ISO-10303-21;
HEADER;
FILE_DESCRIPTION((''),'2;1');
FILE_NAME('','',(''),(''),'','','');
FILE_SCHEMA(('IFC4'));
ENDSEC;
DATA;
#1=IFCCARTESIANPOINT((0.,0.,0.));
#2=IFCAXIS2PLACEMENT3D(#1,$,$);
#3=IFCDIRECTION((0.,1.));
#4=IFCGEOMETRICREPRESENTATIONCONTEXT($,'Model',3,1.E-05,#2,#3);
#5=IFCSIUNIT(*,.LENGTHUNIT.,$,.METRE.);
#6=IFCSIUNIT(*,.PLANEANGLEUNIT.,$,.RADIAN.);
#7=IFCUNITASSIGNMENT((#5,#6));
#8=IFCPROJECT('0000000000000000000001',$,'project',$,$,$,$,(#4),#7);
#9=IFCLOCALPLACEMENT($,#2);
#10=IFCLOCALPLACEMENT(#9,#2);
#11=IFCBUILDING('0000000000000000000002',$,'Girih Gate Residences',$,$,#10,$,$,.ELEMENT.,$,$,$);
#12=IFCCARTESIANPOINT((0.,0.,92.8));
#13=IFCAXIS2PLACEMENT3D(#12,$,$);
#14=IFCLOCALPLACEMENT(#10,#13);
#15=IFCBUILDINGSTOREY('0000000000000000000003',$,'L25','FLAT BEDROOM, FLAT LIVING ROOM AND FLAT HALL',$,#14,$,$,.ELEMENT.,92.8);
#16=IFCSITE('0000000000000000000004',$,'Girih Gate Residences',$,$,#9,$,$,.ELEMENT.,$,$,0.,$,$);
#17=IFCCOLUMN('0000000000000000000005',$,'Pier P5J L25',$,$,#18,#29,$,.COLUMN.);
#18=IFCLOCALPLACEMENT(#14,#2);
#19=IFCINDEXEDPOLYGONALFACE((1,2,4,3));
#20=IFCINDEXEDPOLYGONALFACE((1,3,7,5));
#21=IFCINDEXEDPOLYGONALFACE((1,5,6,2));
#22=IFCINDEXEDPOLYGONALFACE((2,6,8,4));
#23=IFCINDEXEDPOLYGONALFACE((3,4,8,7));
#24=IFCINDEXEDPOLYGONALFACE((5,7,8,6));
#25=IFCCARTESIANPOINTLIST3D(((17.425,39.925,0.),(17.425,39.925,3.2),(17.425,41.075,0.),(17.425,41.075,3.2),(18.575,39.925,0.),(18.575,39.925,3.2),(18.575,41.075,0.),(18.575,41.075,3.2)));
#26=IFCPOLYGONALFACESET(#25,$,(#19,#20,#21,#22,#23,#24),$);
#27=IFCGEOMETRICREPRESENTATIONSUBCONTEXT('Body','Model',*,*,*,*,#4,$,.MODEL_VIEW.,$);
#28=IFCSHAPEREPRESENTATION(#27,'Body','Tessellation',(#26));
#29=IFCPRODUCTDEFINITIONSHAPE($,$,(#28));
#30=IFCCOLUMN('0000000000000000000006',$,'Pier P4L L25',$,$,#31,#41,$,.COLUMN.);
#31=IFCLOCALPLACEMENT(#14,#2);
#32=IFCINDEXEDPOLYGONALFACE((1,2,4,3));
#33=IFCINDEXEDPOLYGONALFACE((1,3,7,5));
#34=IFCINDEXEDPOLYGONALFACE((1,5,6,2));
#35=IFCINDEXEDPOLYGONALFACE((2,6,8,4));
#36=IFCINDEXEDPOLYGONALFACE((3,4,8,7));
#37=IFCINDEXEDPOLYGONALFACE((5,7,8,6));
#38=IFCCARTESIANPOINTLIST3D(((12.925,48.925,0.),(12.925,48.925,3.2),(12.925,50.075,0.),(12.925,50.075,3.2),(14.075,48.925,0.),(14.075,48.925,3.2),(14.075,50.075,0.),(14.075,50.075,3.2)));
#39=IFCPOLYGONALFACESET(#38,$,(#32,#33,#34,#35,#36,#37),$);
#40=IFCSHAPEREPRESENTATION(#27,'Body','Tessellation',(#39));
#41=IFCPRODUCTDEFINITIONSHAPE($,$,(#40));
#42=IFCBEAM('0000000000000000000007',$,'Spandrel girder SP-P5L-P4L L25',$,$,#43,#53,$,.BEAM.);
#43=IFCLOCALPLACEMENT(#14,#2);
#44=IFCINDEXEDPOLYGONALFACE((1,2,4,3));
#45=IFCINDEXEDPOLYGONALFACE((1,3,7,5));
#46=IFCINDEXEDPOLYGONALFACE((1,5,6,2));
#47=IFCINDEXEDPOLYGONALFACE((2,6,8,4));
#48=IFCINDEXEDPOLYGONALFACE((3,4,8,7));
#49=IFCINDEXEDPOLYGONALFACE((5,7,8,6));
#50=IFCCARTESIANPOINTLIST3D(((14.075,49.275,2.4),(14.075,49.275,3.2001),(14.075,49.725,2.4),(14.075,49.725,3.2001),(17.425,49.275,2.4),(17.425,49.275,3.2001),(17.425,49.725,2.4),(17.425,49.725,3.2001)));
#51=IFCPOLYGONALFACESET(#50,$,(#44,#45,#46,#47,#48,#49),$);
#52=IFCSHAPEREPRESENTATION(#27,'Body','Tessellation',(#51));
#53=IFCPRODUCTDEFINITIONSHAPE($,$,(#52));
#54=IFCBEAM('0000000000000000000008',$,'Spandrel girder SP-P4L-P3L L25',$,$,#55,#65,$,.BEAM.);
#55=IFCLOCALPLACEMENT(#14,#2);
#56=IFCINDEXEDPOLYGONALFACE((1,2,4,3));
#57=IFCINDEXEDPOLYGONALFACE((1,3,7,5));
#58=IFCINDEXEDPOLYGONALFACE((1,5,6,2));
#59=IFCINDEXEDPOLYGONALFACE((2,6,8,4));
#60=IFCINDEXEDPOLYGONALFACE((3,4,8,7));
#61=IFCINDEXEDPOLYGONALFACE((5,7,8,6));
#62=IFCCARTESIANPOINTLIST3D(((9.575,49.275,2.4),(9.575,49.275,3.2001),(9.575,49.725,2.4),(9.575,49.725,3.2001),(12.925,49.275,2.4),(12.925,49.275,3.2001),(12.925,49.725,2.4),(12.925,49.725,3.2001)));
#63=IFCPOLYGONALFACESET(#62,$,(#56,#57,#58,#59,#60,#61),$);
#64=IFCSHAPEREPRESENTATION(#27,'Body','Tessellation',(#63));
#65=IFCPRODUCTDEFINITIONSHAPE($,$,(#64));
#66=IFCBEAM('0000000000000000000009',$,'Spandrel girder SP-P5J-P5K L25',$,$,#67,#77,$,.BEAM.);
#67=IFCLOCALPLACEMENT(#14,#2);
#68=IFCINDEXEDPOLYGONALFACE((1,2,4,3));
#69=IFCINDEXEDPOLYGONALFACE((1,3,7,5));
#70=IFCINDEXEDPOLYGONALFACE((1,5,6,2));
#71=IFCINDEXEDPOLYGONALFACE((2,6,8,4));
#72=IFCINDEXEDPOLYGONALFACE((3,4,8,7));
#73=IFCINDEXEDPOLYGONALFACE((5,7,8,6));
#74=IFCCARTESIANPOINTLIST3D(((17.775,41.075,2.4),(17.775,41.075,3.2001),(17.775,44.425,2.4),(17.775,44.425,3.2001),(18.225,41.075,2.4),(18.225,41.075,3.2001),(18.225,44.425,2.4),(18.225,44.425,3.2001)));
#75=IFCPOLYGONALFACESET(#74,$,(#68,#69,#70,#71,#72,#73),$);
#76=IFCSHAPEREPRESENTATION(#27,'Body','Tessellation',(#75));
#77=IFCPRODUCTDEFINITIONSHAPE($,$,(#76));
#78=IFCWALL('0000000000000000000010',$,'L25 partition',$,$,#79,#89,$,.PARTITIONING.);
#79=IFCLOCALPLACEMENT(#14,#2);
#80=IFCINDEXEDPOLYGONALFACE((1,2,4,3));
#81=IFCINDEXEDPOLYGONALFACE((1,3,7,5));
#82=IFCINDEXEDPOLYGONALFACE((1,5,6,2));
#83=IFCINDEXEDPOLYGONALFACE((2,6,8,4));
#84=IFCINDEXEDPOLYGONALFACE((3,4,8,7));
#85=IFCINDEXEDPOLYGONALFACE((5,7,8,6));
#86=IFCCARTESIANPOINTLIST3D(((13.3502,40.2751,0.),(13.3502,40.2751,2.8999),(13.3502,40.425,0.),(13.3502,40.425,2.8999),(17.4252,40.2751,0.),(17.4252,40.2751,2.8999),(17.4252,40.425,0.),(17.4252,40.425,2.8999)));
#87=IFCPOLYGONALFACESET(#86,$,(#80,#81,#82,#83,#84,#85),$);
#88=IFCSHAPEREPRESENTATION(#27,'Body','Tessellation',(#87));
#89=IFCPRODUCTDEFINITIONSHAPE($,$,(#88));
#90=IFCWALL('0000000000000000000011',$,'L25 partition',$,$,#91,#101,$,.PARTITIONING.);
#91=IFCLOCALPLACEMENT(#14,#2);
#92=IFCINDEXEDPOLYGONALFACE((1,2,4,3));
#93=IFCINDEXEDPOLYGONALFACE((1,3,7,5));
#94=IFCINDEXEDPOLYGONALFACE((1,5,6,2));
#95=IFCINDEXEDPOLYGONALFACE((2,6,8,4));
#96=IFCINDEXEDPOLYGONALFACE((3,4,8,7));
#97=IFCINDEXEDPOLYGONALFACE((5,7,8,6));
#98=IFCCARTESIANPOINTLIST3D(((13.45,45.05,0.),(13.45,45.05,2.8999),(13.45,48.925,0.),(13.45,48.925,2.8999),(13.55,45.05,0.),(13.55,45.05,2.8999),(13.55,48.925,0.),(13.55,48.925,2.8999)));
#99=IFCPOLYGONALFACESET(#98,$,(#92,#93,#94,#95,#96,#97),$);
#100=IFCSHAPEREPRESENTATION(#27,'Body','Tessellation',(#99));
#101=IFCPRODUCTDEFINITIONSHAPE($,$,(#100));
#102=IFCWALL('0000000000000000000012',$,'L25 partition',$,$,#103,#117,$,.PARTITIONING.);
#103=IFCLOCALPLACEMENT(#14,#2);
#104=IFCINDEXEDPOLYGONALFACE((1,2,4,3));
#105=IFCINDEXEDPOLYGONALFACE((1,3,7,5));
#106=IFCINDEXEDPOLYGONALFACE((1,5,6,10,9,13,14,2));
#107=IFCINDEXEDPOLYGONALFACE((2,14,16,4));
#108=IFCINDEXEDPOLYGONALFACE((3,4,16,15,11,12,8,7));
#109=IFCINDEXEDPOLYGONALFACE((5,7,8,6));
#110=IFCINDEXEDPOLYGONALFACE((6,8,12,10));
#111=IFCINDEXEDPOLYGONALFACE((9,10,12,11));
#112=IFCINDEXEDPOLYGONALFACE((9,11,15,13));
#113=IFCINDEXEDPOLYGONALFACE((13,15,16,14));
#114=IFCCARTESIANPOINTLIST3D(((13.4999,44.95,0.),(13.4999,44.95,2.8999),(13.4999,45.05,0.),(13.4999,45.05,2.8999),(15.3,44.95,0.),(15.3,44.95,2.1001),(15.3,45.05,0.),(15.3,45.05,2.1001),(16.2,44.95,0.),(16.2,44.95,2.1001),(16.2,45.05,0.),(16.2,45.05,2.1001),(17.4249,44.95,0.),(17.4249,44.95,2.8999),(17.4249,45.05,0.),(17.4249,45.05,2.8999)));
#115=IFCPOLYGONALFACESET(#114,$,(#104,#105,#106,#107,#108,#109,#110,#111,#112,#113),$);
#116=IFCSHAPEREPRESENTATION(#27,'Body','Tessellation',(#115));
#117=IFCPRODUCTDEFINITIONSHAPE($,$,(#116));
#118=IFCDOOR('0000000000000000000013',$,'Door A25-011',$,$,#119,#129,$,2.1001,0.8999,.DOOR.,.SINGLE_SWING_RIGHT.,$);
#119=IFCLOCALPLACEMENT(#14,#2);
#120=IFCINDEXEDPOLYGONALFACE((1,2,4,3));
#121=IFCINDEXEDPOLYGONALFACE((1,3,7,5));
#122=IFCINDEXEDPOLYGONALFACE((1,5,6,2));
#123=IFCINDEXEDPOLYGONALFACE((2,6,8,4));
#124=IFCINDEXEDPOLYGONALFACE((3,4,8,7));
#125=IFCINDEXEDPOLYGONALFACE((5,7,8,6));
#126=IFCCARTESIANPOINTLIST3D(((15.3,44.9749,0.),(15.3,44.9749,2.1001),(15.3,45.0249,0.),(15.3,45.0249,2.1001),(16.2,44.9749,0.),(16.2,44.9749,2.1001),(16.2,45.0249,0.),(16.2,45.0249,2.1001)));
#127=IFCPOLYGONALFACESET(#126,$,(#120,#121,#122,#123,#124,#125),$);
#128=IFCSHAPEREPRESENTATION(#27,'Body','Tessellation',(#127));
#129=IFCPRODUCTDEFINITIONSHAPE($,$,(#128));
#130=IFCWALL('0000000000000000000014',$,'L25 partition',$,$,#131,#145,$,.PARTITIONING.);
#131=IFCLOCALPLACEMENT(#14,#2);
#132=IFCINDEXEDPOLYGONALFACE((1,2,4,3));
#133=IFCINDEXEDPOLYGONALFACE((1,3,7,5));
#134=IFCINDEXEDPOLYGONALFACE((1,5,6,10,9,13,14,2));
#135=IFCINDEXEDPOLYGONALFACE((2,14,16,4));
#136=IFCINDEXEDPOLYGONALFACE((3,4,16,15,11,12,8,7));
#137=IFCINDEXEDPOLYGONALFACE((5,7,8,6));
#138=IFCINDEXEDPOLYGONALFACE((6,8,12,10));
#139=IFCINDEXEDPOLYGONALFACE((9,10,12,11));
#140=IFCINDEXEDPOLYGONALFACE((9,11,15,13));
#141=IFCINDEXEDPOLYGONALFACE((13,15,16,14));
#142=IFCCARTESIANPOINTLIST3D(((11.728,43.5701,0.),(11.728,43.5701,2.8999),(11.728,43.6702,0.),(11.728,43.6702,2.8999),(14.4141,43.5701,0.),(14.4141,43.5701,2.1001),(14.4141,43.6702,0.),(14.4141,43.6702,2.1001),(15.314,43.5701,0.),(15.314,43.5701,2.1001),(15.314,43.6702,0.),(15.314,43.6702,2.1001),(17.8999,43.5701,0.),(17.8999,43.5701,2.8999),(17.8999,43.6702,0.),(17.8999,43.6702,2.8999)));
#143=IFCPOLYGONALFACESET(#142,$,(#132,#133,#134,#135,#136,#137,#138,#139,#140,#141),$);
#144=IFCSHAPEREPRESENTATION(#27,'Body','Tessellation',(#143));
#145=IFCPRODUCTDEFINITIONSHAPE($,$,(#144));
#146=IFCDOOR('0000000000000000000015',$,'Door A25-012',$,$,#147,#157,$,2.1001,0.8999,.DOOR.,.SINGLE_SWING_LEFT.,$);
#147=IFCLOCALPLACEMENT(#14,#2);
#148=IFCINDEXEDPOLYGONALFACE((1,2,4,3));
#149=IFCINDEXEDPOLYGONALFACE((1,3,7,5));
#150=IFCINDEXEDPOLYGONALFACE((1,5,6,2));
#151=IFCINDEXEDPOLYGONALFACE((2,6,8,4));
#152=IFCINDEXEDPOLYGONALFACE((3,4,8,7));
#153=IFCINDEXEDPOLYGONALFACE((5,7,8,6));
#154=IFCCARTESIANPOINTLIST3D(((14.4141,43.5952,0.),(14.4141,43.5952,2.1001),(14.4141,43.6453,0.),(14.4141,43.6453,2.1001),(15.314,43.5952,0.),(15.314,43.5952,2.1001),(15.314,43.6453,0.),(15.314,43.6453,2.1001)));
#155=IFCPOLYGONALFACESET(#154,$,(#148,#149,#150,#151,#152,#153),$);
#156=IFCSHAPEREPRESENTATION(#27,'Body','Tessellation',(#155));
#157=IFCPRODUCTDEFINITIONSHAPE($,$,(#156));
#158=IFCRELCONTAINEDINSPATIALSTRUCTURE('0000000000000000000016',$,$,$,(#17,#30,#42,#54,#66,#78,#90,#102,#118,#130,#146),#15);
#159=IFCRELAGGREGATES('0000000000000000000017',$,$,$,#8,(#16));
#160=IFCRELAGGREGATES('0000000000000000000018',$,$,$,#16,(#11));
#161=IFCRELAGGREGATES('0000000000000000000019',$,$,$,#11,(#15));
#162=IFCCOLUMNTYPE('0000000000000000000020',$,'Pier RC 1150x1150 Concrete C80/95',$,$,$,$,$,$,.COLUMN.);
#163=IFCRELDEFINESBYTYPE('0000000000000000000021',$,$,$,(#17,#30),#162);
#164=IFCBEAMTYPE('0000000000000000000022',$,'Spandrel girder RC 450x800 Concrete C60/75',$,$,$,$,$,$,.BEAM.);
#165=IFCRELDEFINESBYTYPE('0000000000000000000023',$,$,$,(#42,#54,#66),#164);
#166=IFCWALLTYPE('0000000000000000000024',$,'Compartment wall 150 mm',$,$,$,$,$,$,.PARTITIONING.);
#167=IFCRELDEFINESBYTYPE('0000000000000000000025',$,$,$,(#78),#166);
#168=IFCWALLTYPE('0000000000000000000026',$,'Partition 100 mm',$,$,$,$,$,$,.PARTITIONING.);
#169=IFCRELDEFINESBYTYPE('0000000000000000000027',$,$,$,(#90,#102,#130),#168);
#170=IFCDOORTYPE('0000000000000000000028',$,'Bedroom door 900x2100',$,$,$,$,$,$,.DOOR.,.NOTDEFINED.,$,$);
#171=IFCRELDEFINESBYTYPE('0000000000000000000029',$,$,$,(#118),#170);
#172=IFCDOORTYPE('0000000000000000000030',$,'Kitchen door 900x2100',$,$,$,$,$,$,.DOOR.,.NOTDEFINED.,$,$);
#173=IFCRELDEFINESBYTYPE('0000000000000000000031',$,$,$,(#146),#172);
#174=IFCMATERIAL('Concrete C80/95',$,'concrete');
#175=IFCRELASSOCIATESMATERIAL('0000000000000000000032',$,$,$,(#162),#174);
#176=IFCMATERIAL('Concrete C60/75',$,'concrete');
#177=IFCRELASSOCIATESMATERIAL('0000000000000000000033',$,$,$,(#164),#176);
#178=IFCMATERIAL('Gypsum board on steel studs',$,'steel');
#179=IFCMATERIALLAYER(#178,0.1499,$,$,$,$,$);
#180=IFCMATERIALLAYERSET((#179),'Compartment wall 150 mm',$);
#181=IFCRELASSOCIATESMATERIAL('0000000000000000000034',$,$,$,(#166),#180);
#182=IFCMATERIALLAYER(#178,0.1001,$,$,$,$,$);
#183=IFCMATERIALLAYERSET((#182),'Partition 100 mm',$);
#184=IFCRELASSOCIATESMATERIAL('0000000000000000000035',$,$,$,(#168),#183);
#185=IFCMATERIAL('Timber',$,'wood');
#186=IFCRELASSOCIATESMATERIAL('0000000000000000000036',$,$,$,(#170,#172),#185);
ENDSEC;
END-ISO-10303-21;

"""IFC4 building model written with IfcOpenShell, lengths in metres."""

from ifc_helpers import new_model, si_unit, direction, frame, frame_2d, origin, origin_2d, place, context, subcontext, project, spatial, rectangle, extrude, material, layer, layer_set, material_profile, profile_set, type_object, element, fill, save


model = new_model("IFC4")

# Units and contexts
model_context = context("Model", 3, precision=1e-05, world=origin(), true_north=direction((0.0, 1.0)))
body_context = subcontext(model_context, "Body", "Model", "MODEL_VIEW")
ifc_project = project(units=[si_unit("LENGTHUNIT", "METRE"), si_unit("PLANEANGLEUNIT", "RADIAN")], contexts=[model_context])

# Site, building, storey
site_placement = place(None, origin())
site = spatial("IfcSite", under=ifc_project, at=site_placement, Name="Girih Gate Residences", CompositionType="ELEMENT", RefElevation=0.0)
building_placement = place(site_placement, origin())
building = spatial("IfcBuilding", under=site, at=building_placement, Name="Girih Gate Residences", CompositionType="ELEMENT")
storey_placement = place(building_placement, frame((0.0, 0.0, 92.8)))
storey = spatial("IfcBuildingStorey", under=building, at=storey_placement, Name="L25", Description="FLAT BEDROOM, FLAT LIVING ROOM AND FLAT HALL", CompositionType="ELEMENT", Elevation=92.8)

# Columns
ifc_material_1 = material(Name="Concrete C80/95", Category="concrete")
ifc_material_profile_1 = material_profile(ifc_material_1, rectangle(XDim=1.1499, YDim=1.1499, at=origin_2d()))
ifc_profile_set_1 = profile_set([ifc_material_profile_1], Name="Concrete C80/95")
column_type = type_object("IfcColumnType", Name="Pier RC 1150x1150 Concrete C80/95", PredefinedType="COLUMN", material=ifc_profile_set_1)
for number, where, z_axis, x_axis, name in (
    (1, (18.0, 40.5, 0.0), (0.0, 0.0, 1.0), (1.0, 0.0, 0.0), "Pier P5J L25"),
    (2, (13.5, 49.5, 0.0), (0.0, 0.0, 1.0), (1.0, 0.0, 0.0), "Pier P4L L25"),
):
    element("IfcColumn", number, at=place(storey_placement, frame(where, z_axis=z_axis, x_axis=x_axis)), inside=storey, type_object=column_type, Name=name, PredefinedType="COLUMN", context=body_context, shape_type="SweptSolid", body=[
        extrude(rectangle(XDim=1.1499, YDim=1.1499, at=origin_2d()), origin(), (0.0, 0.0, 1.0), 3.2),
    ])

# Beams
ifc_material_2 = material(Name="Concrete C60/75", Category="concrete")
ifc_material_profile_2 = material_profile(ifc_material_2, rectangle(XDim=0.45, YDim=0.8, at=origin_2d()))
ifc_profile_set_2 = profile_set([ifc_material_profile_2], Name="Concrete C60/75")
beam_type = type_object("IfcBeamType", Name="Spandrel girder RC 450x800 Concrete C60/75", PredefinedType="BEAM", material=ifc_profile_set_2)
for number, where, z_axis, x_axis, name in (
    (3, (17.425, 49.5, 2.8), (-1.0, 0.0, 0.0), (0.0, -1.0, 0.0), "Spandrel girder SP-P5L-P4L L25"),
    (4, (12.925, 49.5, 2.8), (-1.0, 0.0, 0.0), (0.0, -1.0, 0.0), "Spandrel girder SP-P4L-P3L L25"),
    (5, (18.0, 41.075, 2.8), (0.0, 1.0, 0.0), (-1.0, 0.0, 0.0), "Spandrel girder SP-P5J-P5K L25"),
):
    element("IfcBeam", number, at=place(storey_placement, frame(where, z_axis=z_axis, x_axis=x_axis)), inside=storey, type_object=beam_type, Name=name, PredefinedType="BEAM", context=body_context, shape_type="SweptSolid", body=[
        extrude(rectangle(XDim=0.45, YDim=0.8, at=origin_2d()), origin(), (0.0, 0.0, 1.0), 3.3501),
    ])

# Walls
ifc_material_3 = material(Name="Gypsum board on steel studs", Category="steel")
ifc_layer_1 = layer(ifc_material_3, 0.1499)
ifc_layer_set_1 = layer_set([ifc_layer_1], Name="Compartment wall 150 mm")
wall_type_1 = type_object("IfcWallType", Name="Compartment wall 150 mm", PredefinedType="PARTITIONING", material=ifc_layer_set_1)
wall_1_placement = place(storey_placement, frame((13.3501, 40.3501, 0.0), z_axis=(0.0, 0.0, 1.0), x_axis=(1.0, 0.0, 0.0)))
element("IfcWall", 6, at=wall_1_placement, inside=storey, type_object=wall_type_1, Name="L25 partition", PredefinedType="PARTITIONING", context=body_context, shape_type="SweptSolid", body=[
    extrude(rectangle(XDim=4.075, YDim=0.1499, at=frame_2d((2.0376, 0.0))), origin(), (0.0, 0.0, 1.0), 2.8999),
])
ifc_layer_2 = layer(ifc_material_3, 0.1001)
ifc_layer_set_2 = layer_set([ifc_layer_2], Name="Partition 100 mm")
wall_type_2 = type_object("IfcWallType", Name="Partition 100 mm", PredefinedType="PARTITIONING", material=ifc_layer_set_2)
wall_2_placement = place(storey_placement, frame((13.5, 45.05, 0.0), z_axis=(0.0, 0.0, 1.0), x_axis=(0.0, 1.0, 0.0)))
element("IfcWall", 7, at=wall_2_placement, inside=storey, type_object=wall_type_2, Name="L25 partition", PredefinedType="PARTITIONING", context=body_context, shape_type="SweptSolid", body=[
    extrude(rectangle(XDim=3.875, YDim=0.1001, at=frame_2d((1.9375, 0.0))), origin(), (0.0, 0.0, 1.0), 2.8999),
])

# Walls, openings, doors
wall_3_placement = place(storey_placement, frame((13.5, 45.0, 0.0), z_axis=(0.0, 0.0, 1.0), x_axis=(1.0, 0.0, 0.0)))
wall_3 = element("IfcWall", 8, at=wall_3_placement, inside=storey, type_object=wall_type_2, Name="L25 partition", PredefinedType="PARTITIONING", context=body_context, shape_type="SweptSolid", body=[
    extrude(rectangle(XDim=3.925, YDim=0.1001, at=frame_2d((1.9624, 0.0))), origin(), (0.0, 0.0, 1.0), 2.8999),
])
opening_1_placement = place(wall_3_placement, frame((1.8, 0.0, 0.0)))
opening_1 = element("IfcOpeningElement", 9, at=opening_1_placement, cuts=wall_3, PredefinedType="OPENING", context=body_context, shape_type="SweptSolid", body=[
    extrude(rectangle(XDim=0.8999, YDim=2.1001, at=frame_2d((0.45, 1.05))), frame((0.0, 0.0601, 0.0), z_axis=(0.0, -1.0, 0.0), x_axis=(1.0, 0.0, 0.0)), (0.0, 0.0, 1.0), 0.1201),
])
ifc_material_4 = material(Name="Timber", Category="wood")
door_type_1 = type_object("IfcDoorType", Name="Bedroom door 900x2100", OperationType="NOTDEFINED", PredefinedType="DOOR", material=ifc_material_4)
door_1_placement = place(opening_1_placement, origin())
door_1 = element("IfcDoor", 10, at=door_1_placement, inside=storey, type_object=door_type_1, Name="Door A25-011", OperationType="SINGLE_SWING_RIGHT", OverallHeight=2.1001, OverallWidth=0.8999, PredefinedType="DOOR", context=body_context, shape_type="SweptSolid", body=[
    extrude(rectangle(XDim=0.8999, YDim=2.1001, at=frame_2d((0.45, 1.05))), frame((0.0, 0.0249, 0.0), z_axis=(0.0, -1.0, 0.0), x_axis=(1.0, 0.0, 0.0)), (0.0, 0.0, 1.0), 0.05),
])
fill(opening_1, door_1)
wall_4_placement = place(storey_placement, frame((17.8999, 43.6201, 0.0), z_axis=(0.0, 0.0, 1.0), x_axis=(-1.0, 0.0, 0.0)))
wall_4 = element("IfcWall", 11, at=wall_4_placement, inside=storey, type_object=wall_type_2, Name="L25 partition", PredefinedType="PARTITIONING", context=body_context, shape_type="SweptSolid", body=[
    extrude(rectangle(XDim=6.1719, YDim=0.1001, at=frame_2d((3.0859, 0.0))), origin(), (0.0, 0.0, 1.0), 2.8999),
])
opening_2_placement = place(wall_4_placement, frame((2.5859, 0.0, 0.0)))
opening_2 = element("IfcOpeningElement", 12, at=opening_2_placement, cuts=wall_4, PredefinedType="OPENING", context=body_context, shape_type="SweptSolid", body=[
    extrude(rectangle(XDim=0.8999, YDim=2.1001, at=frame_2d((0.45, 1.05))), frame((0.0, 0.0601, 0.0), z_axis=(0.0, -1.0, 0.0), x_axis=(1.0, 0.0, 0.0)), (0.0, 0.0, 1.0), 0.1201),
])
door_type_2 = type_object("IfcDoorType", Name="Kitchen door 900x2100", OperationType="NOTDEFINED", PredefinedType="DOOR", material=ifc_material_4)
door_2_placement = place(opening_2_placement, origin())
door_2 = element("IfcDoor", 13, at=door_2_placement, inside=storey, type_object=door_type_2, Name="Door A25-012", OperationType="SINGLE_SWING_LEFT", OverallHeight=2.1001, OverallWidth=0.8999, PredefinedType="DOOR", context=body_context, shape_type="SweptSolid", body=[
    extrude(rectangle(XDim=0.8999, YDim=2.1001, at=frame_2d((0.45, 1.05))), frame((0.0, 0.0249, 0.0), z_axis=(0.0, -1.0, 0.0), x_axis=(1.0, 0.0, 0.0)), (0.0, 0.0, 1.0), 0.05),
])
fill(opening_2, door_2)

save(model, "model.ifc")
